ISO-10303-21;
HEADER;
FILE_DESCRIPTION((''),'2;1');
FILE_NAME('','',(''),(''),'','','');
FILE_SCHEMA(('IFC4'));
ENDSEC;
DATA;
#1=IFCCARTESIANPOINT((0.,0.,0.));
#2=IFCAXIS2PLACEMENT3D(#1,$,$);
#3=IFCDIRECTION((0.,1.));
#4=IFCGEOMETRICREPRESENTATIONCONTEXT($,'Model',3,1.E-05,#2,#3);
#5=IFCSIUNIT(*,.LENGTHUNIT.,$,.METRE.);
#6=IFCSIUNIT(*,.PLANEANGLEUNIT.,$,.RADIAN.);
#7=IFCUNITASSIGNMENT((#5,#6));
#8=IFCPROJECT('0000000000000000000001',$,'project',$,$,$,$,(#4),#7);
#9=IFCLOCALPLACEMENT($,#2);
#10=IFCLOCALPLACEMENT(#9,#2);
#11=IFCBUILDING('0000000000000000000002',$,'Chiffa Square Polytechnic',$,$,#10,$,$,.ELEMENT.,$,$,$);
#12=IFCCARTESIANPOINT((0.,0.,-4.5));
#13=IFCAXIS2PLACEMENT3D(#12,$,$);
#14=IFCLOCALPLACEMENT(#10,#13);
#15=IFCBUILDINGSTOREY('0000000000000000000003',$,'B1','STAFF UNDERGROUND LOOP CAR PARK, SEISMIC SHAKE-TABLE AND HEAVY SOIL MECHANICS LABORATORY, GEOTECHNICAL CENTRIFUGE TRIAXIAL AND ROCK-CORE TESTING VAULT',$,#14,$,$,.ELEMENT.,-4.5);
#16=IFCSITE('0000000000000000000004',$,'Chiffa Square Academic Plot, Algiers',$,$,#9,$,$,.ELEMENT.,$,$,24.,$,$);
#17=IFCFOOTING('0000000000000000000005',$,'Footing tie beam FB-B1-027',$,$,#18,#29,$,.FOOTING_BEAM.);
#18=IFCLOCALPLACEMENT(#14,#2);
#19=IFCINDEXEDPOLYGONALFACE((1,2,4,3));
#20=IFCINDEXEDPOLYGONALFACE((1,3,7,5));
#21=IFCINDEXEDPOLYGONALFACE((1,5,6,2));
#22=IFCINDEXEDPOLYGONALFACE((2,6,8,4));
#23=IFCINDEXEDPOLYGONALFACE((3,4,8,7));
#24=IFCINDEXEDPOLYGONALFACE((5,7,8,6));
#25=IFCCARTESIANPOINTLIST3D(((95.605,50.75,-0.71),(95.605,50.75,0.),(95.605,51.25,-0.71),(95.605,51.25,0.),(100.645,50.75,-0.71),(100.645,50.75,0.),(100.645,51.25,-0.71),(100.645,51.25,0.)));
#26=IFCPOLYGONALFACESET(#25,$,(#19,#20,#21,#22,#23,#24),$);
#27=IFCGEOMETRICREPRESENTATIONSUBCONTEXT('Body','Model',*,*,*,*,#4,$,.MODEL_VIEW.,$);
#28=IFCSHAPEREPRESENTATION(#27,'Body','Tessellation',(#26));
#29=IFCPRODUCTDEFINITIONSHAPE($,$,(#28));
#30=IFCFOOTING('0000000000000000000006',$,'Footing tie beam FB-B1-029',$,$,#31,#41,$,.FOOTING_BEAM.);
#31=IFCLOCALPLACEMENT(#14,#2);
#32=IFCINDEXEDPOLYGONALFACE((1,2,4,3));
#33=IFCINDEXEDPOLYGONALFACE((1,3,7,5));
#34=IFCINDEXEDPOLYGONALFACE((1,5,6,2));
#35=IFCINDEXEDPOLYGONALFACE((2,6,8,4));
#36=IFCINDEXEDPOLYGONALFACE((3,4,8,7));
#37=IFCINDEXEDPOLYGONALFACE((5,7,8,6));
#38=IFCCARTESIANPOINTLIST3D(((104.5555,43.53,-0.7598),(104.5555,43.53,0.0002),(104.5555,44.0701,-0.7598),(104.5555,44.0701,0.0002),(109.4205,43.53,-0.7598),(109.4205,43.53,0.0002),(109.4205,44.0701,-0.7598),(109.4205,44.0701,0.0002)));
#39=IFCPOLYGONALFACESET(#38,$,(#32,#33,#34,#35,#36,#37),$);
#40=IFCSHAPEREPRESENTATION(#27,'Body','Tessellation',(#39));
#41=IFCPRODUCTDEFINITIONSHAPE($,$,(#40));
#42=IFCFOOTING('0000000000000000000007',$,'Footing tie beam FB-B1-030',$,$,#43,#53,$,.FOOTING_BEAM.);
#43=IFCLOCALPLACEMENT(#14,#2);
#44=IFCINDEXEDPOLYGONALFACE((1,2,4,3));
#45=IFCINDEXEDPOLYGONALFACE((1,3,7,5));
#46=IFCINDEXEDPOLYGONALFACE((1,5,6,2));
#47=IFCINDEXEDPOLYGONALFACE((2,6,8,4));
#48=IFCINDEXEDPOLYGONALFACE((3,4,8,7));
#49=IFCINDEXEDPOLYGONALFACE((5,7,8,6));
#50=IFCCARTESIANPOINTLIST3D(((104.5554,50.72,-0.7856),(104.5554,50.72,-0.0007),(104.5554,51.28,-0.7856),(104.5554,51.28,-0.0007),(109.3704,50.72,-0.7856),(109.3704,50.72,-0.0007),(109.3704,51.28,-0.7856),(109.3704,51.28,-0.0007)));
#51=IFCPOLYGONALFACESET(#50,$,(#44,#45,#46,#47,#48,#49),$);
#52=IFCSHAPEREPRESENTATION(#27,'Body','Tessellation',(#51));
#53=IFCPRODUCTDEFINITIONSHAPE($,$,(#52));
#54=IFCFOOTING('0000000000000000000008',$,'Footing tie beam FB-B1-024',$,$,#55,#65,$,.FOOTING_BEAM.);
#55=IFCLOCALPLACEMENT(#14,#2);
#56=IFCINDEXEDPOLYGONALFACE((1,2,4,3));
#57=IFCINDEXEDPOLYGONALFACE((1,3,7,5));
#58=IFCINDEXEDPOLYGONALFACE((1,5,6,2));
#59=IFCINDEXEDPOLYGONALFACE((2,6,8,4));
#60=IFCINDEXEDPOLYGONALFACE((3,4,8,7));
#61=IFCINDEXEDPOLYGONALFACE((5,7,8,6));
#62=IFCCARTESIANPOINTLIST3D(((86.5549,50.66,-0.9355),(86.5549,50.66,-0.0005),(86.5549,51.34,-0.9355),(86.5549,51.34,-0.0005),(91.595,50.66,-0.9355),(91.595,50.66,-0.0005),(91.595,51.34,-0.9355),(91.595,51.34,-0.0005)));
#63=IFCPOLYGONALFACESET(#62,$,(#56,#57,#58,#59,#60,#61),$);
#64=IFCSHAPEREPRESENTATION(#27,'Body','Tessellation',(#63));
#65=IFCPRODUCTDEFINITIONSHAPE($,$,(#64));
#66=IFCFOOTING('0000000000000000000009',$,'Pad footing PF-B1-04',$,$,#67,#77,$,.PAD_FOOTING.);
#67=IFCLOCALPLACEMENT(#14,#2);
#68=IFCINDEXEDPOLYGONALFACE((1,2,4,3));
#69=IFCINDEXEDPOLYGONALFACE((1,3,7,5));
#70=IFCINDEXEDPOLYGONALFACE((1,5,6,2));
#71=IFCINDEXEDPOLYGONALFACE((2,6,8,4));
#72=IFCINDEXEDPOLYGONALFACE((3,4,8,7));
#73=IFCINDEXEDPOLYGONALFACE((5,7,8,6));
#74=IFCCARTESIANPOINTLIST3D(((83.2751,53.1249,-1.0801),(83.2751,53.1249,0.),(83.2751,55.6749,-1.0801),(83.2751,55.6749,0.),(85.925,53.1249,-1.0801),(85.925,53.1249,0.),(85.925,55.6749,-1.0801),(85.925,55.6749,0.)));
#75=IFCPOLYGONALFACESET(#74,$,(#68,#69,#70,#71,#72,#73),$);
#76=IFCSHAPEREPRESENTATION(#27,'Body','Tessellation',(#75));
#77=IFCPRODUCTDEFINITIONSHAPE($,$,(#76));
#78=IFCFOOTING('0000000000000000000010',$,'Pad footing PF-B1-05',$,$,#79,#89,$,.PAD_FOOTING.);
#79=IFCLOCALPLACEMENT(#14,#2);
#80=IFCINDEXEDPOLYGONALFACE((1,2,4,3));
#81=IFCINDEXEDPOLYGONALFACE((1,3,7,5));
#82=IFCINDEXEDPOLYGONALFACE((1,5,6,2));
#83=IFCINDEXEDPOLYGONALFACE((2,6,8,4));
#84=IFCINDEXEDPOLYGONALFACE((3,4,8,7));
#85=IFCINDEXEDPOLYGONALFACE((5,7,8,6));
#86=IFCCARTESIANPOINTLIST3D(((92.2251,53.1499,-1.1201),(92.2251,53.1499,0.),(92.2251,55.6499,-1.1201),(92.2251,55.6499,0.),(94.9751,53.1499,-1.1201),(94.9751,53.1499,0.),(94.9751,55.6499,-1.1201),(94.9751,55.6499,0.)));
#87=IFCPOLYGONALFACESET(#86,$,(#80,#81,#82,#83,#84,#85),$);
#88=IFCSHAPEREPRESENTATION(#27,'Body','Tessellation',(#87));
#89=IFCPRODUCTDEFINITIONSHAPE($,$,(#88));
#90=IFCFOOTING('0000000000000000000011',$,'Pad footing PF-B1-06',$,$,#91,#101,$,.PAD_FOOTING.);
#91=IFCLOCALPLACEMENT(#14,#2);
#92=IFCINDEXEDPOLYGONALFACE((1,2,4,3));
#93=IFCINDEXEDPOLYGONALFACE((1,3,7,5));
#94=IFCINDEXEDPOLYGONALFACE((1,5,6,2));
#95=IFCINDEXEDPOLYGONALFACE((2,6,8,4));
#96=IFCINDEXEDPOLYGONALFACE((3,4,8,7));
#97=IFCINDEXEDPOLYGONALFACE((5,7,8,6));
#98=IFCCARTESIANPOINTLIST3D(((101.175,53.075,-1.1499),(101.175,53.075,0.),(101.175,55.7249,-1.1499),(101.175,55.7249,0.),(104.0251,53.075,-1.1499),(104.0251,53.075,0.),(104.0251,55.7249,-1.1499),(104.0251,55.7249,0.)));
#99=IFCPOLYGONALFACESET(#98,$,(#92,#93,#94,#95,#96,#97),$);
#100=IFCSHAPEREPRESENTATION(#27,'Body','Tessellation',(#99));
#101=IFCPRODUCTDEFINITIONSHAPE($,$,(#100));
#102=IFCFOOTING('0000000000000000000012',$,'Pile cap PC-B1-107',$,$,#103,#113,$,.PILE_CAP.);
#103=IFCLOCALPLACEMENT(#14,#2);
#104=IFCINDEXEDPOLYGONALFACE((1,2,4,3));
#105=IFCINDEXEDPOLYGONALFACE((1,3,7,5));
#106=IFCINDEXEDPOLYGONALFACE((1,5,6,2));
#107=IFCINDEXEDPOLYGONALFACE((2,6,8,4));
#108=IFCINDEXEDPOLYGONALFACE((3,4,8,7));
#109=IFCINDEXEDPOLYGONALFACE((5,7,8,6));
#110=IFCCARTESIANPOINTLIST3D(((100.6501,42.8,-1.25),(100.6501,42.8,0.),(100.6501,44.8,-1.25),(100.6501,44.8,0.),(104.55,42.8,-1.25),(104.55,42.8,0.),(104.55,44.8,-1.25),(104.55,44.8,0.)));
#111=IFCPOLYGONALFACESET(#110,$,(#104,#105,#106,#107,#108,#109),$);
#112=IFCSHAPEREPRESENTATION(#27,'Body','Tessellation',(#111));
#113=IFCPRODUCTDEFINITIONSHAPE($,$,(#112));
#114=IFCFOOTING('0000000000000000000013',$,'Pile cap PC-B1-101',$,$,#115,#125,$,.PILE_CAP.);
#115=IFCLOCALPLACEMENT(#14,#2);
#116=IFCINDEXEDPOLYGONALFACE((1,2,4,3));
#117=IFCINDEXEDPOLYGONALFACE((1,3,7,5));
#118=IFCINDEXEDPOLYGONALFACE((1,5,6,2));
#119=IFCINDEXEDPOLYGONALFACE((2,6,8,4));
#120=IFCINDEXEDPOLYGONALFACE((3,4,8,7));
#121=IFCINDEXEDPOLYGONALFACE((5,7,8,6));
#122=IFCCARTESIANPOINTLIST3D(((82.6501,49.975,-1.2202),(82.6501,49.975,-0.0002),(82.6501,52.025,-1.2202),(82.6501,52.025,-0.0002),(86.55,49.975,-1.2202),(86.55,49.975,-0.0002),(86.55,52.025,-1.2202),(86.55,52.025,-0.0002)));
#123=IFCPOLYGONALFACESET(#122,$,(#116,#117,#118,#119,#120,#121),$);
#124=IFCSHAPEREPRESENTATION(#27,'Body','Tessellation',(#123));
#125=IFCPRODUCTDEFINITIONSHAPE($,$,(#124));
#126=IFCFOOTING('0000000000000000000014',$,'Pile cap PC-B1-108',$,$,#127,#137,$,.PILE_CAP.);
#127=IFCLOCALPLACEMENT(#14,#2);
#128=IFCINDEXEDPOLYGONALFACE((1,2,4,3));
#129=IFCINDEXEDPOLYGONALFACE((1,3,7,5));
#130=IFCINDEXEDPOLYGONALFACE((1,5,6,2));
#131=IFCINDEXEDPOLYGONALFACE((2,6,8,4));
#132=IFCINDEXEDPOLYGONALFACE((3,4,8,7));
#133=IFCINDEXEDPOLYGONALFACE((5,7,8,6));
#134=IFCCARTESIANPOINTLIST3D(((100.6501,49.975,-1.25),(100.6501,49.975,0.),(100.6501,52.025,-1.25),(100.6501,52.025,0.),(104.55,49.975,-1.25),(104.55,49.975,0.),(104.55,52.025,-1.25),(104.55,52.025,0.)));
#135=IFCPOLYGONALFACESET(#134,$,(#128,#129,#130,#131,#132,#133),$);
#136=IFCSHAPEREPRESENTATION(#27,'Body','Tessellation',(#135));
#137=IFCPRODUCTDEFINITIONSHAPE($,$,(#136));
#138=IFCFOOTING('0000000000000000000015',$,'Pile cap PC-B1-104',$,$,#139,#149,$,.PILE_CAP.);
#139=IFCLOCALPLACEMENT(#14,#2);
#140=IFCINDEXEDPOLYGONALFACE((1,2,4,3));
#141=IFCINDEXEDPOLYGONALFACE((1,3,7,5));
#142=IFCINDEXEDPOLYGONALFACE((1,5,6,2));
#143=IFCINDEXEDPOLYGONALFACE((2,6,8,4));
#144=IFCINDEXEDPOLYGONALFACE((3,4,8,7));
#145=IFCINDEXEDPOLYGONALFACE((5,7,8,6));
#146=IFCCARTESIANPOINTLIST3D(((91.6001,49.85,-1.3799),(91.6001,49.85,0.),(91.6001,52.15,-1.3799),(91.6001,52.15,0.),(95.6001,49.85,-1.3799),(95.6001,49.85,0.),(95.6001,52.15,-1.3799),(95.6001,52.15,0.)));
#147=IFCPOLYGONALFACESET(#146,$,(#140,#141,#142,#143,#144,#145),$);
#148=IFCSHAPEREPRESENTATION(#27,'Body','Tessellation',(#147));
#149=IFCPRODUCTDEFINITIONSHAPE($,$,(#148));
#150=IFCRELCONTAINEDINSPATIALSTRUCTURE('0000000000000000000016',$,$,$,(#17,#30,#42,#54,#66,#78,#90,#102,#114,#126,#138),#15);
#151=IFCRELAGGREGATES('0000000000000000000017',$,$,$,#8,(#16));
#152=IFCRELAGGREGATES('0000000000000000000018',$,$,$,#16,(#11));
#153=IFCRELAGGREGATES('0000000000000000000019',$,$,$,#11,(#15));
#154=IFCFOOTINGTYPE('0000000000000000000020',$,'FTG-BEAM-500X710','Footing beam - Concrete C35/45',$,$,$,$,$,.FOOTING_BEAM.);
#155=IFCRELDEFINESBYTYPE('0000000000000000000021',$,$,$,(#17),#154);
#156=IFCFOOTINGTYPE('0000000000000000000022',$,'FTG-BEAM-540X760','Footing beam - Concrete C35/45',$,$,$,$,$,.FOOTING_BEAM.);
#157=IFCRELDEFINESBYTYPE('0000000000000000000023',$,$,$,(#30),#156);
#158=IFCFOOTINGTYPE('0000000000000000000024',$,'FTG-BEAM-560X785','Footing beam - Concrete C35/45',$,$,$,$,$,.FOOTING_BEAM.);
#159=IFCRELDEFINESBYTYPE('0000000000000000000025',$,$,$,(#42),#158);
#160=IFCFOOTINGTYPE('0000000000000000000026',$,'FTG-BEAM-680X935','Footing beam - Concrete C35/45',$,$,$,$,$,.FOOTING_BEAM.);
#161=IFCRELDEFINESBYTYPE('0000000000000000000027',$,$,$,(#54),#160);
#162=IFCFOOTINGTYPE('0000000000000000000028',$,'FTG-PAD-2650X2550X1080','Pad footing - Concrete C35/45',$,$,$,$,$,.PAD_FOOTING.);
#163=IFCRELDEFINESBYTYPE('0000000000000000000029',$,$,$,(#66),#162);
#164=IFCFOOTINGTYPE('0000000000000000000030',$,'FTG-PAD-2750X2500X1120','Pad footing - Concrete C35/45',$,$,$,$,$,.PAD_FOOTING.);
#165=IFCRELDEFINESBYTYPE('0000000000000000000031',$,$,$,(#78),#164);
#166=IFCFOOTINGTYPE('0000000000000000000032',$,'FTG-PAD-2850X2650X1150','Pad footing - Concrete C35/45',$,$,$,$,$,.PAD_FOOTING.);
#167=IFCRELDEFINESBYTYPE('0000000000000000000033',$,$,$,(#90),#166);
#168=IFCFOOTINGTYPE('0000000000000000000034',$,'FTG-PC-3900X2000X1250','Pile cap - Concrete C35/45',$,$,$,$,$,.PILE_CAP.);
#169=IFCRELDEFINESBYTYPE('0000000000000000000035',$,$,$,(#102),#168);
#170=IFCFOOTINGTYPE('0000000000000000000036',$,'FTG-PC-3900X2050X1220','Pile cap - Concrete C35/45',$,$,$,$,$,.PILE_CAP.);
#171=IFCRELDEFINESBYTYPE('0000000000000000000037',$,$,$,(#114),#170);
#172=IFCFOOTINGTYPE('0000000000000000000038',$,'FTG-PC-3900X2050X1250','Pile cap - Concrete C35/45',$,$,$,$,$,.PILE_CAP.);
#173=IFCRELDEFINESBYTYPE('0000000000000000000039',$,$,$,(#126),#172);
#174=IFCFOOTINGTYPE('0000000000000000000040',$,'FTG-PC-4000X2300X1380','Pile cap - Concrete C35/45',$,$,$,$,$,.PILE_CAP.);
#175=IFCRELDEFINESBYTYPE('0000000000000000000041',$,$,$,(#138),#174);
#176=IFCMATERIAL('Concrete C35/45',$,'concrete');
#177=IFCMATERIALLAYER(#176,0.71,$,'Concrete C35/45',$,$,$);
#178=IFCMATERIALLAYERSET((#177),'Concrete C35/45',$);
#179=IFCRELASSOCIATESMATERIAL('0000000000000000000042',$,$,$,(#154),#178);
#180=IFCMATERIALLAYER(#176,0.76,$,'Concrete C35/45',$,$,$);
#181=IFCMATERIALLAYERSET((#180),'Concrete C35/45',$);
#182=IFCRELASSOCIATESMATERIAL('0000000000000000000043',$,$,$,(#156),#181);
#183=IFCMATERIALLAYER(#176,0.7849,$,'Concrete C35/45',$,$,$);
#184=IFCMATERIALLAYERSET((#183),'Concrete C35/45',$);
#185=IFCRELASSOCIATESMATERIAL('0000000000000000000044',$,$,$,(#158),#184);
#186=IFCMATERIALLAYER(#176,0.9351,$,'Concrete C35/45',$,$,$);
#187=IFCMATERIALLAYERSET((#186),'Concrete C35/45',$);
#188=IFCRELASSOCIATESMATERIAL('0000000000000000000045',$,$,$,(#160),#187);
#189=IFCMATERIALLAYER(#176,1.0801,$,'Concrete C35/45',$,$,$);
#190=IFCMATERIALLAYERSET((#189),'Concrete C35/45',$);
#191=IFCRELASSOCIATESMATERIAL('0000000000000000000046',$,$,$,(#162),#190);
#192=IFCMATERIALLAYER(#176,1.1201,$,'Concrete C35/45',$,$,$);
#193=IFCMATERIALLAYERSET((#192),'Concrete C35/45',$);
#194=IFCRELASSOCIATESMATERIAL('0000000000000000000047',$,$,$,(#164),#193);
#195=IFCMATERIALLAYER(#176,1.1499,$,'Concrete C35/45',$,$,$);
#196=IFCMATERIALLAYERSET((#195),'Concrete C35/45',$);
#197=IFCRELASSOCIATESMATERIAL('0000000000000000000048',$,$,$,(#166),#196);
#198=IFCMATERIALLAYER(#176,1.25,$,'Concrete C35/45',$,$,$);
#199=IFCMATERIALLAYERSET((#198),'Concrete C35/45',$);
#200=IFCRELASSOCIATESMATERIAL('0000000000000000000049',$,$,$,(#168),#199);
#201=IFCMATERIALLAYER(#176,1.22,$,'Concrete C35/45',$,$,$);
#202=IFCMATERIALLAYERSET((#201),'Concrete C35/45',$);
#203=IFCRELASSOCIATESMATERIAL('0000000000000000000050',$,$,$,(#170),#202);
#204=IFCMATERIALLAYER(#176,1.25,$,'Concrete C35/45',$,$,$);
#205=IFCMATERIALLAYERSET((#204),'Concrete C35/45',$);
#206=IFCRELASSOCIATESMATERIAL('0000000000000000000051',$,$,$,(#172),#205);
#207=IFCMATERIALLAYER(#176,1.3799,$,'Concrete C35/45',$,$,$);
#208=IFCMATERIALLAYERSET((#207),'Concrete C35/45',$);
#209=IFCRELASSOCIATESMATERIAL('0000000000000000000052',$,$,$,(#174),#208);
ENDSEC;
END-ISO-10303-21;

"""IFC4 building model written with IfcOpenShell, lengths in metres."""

from ifc_helpers import new_model, si_unit, direction, frame, origin, origin_2d, place, context, subcontext, project, spatial, rectangle, extrude, material, layer, layer_set, type_object, element, save


model = new_model("IFC4")

# Units and contexts
model_context = context("Model", 3, precision=1e-05, world=origin(), true_north=direction((0.0, 1.0)))
body_context = subcontext(model_context, "Body", "Model", "MODEL_VIEW")
ifc_project = project(units=[si_unit("LENGTHUNIT", "METRE"), si_unit("PLANEANGLEUNIT", "RADIAN")], contexts=[model_context])

# Site, building, storey
site_placement = place(None, origin())
site = spatial("IfcSite", under=ifc_project, at=site_placement, Name="Chiffa Square Academic Plot, Algiers", CompositionType="ELEMENT", RefElevation=24.0)
building_placement = place(site_placement, origin())
building = spatial("IfcBuilding", under=site, at=building_placement, Name="Chiffa Square Polytechnic", CompositionType="ELEMENT")
storey_placement = place(building_placement, frame((0.0, 0.0, -4.5)))
storey = spatial("IfcBuildingStorey", under=building, at=storey_placement, Name="B1", Description="STAFF UNDERGROUND LOOP CAR PARK, SEISMIC SHAKE-TABLE AND HEAVY SOIL MECHANICS LABORATORY, GEOTECHNICAL CENTRIFUGE TRIAXIAL AND ROCK-CORE TESTING VAULT", CompositionType="ELEMENT", Elevation=-4.5)

# Footings
ifc_material = material(Name="Concrete C35/45", Category="concrete")
ifc_layer_1 = layer(ifc_material, 0.71, Name="Concrete C35/45")
ifc_layer_set_1 = layer_set([ifc_layer_1], Name="Concrete C35/45")
footing_type_1 = type_object("IfcFootingType", Name="FTG-BEAM-500X710", Description="Footing beam - Concrete C35/45", PredefinedType="FOOTING_BEAM", material=ifc_layer_set_1)
footing_1_placement = place(storey_placement, frame((98.125, 51.0, -0.71), z_axis=(0.0, 0.0, 1.0), x_axis=(1.0, 0.0, 0.0)))
element("IfcFooting", 1, at=footing_1_placement, inside=storey, type_object=footing_type_1, Name="Footing tie beam FB-B1-027", PredefinedType="FOOTING_BEAM", context=body_context, shape_type="SweptSolid", body=[
    extrude(rectangle(XDim=5.04, YDim=0.5, at=origin_2d()), origin(), (0.0, 0.0, 1.0), 0.71),
])
ifc_layer_2 = layer(ifc_material, 0.76, Name="Concrete C35/45")
ifc_layer_set_2 = layer_set([ifc_layer_2], Name="Concrete C35/45")
footing_type_2 = type_object("IfcFootingType", Name="FTG-BEAM-540X760", Description="Footing beam - Concrete C35/45", PredefinedType="FOOTING_BEAM", material=ifc_layer_set_2)
footing_2_placement = place(storey_placement, frame((106.988, 43.8, -0.7598), z_axis=(0.0, 0.0, 1.0), x_axis=(1.0, 0.0, 0.0)))
element("IfcFooting", 2, at=footing_2_placement, inside=storey, type_object=footing_type_2, Name="Footing tie beam FB-B1-029", PredefinedType="FOOTING_BEAM", context=body_context, shape_type="SweptSolid", body=[
    extrude(rectangle(XDim=4.865, YDim=0.54, at=origin_2d()), origin(), (0.0, 0.0, 1.0), 0.76),
])
ifc_layer_3 = layer(ifc_material, 0.7849, Name="Concrete C35/45")
ifc_layer_set_3 = layer_set([ifc_layer_3], Name="Concrete C35/45")
footing_type_3 = type_object("IfcFootingType", Name="FTG-BEAM-560X785", Description="Footing beam - Concrete C35/45", PredefinedType="FOOTING_BEAM", material=ifc_layer_set_3)
footing_3_placement = place(storey_placement, frame((106.9629, 51.0, -0.7856), z_axis=(0.0, 0.0, 1.0), x_axis=(1.0, 0.0, 0.0)))
element("IfcFooting", 3, at=footing_3_placement, inside=storey, type_object=footing_type_3, Name="Footing tie beam FB-B1-030", PredefinedType="FOOTING_BEAM", context=body_context, shape_type="SweptSolid", body=[
    extrude(rectangle(XDim=4.8149, YDim=0.5601, at=origin_2d()), origin(), (0.0, 0.0, 1.0), 0.7849),
])
ifc_layer_4 = layer(ifc_material, 0.9351, Name="Concrete C35/45")
ifc_layer_set_4 = layer_set([ifc_layer_4], Name="Concrete C35/45")
footing_type_4 = type_object("IfcFootingType", Name="FTG-BEAM-680X935", Description="Footing beam - Concrete C35/45", PredefinedType="FOOTING_BEAM", material=ifc_layer_set_4)
footing_4_placement = place(storey_placement, frame((89.075, 51.0, -0.9355), z_axis=(0.0, 0.0, 1.0), x_axis=(1.0, 0.0, 0.0)))
element("IfcFooting", 4, at=footing_4_placement, inside=storey, type_object=footing_type_4, Name="Footing tie beam FB-B1-024", PredefinedType="FOOTING_BEAM", context=body_context, shape_type="SweptSolid", body=[
    extrude(rectangle(XDim=5.04, YDim=0.6799, at=origin_2d()), origin(), (0.0, 0.0, 1.0), 0.9351),
])
ifc_layer_5 = layer(ifc_material, 1.0801, Name="Concrete C35/45")
ifc_layer_set_5 = layer_set([ifc_layer_5], Name="Concrete C35/45")
footing_type_5 = type_object("IfcFootingType", Name="FTG-PAD-2650X2550X1080", Description="Pad footing - Concrete C35/45", PredefinedType="PAD_FOOTING", material=ifc_layer_set_5)
footing_5_placement = place(storey_placement, frame((84.6001, 54.3999, -1.0801), z_axis=(0.0, 0.0, 1.0), x_axis=(1.0, 0.0, 0.0)))
element("IfcFooting", 5, at=footing_5_placement, inside=storey, type_object=footing_type_5, Name="Pad footing PF-B1-04", PredefinedType="PAD_FOOTING", context=body_context, shape_type="SweptSolid", body=[
    extrude(rectangle(XDim=2.6499, YDim=2.55, at=origin_2d()), origin(), (0.0, 0.0, 1.0), 1.0801),
])
ifc_layer_6 = layer(ifc_material, 1.1201, Name="Concrete C35/45")
ifc_layer_set_6 = layer_set([ifc_layer_6], Name="Concrete C35/45")
footing_type_6 = type_object("IfcFootingType", Name="FTG-PAD-2750X2500X1120", Description="Pad footing - Concrete C35/45", PredefinedType="PAD_FOOTING", material=ifc_layer_set_6)
footing_6_placement = place(storey_placement, frame((93.6001, 54.3999, -1.1201), z_axis=(0.0, 0.0, 1.0), x_axis=(1.0, 0.0, 0.0)))
element("IfcFooting", 6, at=footing_6_placement, inside=storey, type_object=footing_type_6, Name="Pad footing PF-B1-05", PredefinedType="PAD_FOOTING", context=body_context, shape_type="SweptSolid", body=[
    extrude(rectangle(XDim=2.75, YDim=2.5, at=origin_2d()), origin(), (0.0, 0.0, 1.0), 1.1201),
])
ifc_layer_7 = layer(ifc_material, 1.1499, Name="Concrete C35/45")
ifc_layer_set_7 = layer_set([ifc_layer_7], Name="Concrete C35/45")
footing_type_7 = type_object("IfcFootingType", Name="FTG-PAD-2850X2650X1150", Description="Pad footing - Concrete C35/45", PredefinedType="PAD_FOOTING", material=ifc_layer_set_7)
footing_7_placement = place(storey_placement, frame((102.6001, 54.3999, -1.1499), z_axis=(0.0, 0.0, 1.0), x_axis=(1.0, 0.0, 0.0)))
element("IfcFooting", 7, at=footing_7_placement, inside=storey, type_object=footing_type_7, Name="Pad footing PF-B1-06", PredefinedType="PAD_FOOTING", context=body_context, shape_type="SweptSolid", body=[
    extrude(rectangle(XDim=2.8501, YDim=2.6499, at=origin_2d()), origin(), (0.0, 0.0, 1.0), 1.1499),
])
ifc_layer_8 = layer(ifc_material, 1.25, Name="Concrete C35/45")
ifc_layer_set_8 = layer_set([ifc_layer_8], Name="Concrete C35/45")
footing_type_8 = type_object("IfcFootingType", Name="FTG-PC-3900X2000X1250", Description="Pile cap - Concrete C35/45", PredefinedType="PILE_CAP", material=ifc_layer_set_8)
footing_8_placement = place(storey_placement, frame((102.6001, 43.8, -1.25), z_axis=(0.0, 0.0, 1.0), x_axis=(1.0, 0.0, 0.0)))
element("IfcFooting", 8, at=footing_8_placement, inside=storey, type_object=footing_type_8, Name="Pile cap PC-B1-107", PredefinedType="PILE_CAP", context=body_context, shape_type="SweptSolid", body=[
    extrude(rectangle(XDim=3.8999, YDim=2.0, at=origin_2d()), origin(), (0.0, 0.0, 1.0), 1.25),
])
ifc_layer_9 = layer(ifc_material, 1.22, Name="Concrete C35/45")
ifc_layer_set_9 = layer_set([ifc_layer_9], Name="Concrete C35/45")
footing_type_9 = type_object("IfcFootingType", Name="FTG-PC-3900X2050X1220", Description="Pile cap - Concrete C35/45", PredefinedType="PILE_CAP", material=ifc_layer_set_9)
footing_9_placement = place(storey_placement, frame((84.6001, 51.0, -1.2202), z_axis=(0.0, 0.0, 1.0), x_axis=(1.0, 0.0, 0.0)))
element("IfcFooting", 9, at=footing_9_placement, inside=storey, type_object=footing_type_9, Name="Pile cap PC-B1-101", PredefinedType="PILE_CAP", context=body_context, shape_type="SweptSolid", body=[
    extrude(rectangle(XDim=3.8999, YDim=2.05, at=origin_2d()), origin(), (0.0, 0.0, 1.0), 1.22),
])
ifc_layer_10 = layer(ifc_material, 1.25, Name="Concrete C35/45")
ifc_layer_set_10 = layer_set([ifc_layer_10], Name="Concrete C35/45")
footing_type_10 = type_object("IfcFootingType", Name="FTG-PC-3900X2050X1250", Description="Pile cap - Concrete C35/45", PredefinedType="PILE_CAP", material=ifc_layer_set_10)
footing_10_placement = place(storey_placement, frame((102.6001, 51.0, -1.25), z_axis=(0.0, 0.0, 1.0), x_axis=(1.0, 0.0, 0.0)))
element("IfcFooting", 10, at=footing_10_placement, inside=storey, type_object=footing_type_10, Name="Pile cap PC-B1-108", PredefinedType="PILE_CAP", context=body_context, shape_type="SweptSolid", body=[
    extrude(rectangle(XDim=3.8999, YDim=2.05, at=origin_2d()), origin(), (0.0, 0.0, 1.0), 1.25),
])
ifc_layer_11 = layer(ifc_material, 1.3799, Name="Concrete C35/45")
ifc_layer_set_11 = layer_set([ifc_layer_11], Name="Concrete C35/45")
footing_type_11 = type_object("IfcFootingType", Name="FTG-PC-4000X2300X1380", Description="Pile cap - Concrete C35/45", PredefinedType="PILE_CAP", material=ifc_layer_set_11)
footing_11_placement = place(storey_placement, frame((93.6001, 51.0, -1.3799), z_axis=(0.0, 0.0, 1.0), x_axis=(1.0, 0.0, 0.0)))
element("IfcFooting", 11, at=footing_11_placement, inside=storey, type_object=footing_type_11, Name="Pile cap PC-B1-104", PredefinedType="PILE_CAP", context=body_context, shape_type="SweptSolid", body=[
    extrude(rectangle(XDim=4.0, YDim=2.3, at=origin_2d()), origin(), (0.0, 0.0, 1.0), 1.3799),
])

save(model, "model.ifc")
